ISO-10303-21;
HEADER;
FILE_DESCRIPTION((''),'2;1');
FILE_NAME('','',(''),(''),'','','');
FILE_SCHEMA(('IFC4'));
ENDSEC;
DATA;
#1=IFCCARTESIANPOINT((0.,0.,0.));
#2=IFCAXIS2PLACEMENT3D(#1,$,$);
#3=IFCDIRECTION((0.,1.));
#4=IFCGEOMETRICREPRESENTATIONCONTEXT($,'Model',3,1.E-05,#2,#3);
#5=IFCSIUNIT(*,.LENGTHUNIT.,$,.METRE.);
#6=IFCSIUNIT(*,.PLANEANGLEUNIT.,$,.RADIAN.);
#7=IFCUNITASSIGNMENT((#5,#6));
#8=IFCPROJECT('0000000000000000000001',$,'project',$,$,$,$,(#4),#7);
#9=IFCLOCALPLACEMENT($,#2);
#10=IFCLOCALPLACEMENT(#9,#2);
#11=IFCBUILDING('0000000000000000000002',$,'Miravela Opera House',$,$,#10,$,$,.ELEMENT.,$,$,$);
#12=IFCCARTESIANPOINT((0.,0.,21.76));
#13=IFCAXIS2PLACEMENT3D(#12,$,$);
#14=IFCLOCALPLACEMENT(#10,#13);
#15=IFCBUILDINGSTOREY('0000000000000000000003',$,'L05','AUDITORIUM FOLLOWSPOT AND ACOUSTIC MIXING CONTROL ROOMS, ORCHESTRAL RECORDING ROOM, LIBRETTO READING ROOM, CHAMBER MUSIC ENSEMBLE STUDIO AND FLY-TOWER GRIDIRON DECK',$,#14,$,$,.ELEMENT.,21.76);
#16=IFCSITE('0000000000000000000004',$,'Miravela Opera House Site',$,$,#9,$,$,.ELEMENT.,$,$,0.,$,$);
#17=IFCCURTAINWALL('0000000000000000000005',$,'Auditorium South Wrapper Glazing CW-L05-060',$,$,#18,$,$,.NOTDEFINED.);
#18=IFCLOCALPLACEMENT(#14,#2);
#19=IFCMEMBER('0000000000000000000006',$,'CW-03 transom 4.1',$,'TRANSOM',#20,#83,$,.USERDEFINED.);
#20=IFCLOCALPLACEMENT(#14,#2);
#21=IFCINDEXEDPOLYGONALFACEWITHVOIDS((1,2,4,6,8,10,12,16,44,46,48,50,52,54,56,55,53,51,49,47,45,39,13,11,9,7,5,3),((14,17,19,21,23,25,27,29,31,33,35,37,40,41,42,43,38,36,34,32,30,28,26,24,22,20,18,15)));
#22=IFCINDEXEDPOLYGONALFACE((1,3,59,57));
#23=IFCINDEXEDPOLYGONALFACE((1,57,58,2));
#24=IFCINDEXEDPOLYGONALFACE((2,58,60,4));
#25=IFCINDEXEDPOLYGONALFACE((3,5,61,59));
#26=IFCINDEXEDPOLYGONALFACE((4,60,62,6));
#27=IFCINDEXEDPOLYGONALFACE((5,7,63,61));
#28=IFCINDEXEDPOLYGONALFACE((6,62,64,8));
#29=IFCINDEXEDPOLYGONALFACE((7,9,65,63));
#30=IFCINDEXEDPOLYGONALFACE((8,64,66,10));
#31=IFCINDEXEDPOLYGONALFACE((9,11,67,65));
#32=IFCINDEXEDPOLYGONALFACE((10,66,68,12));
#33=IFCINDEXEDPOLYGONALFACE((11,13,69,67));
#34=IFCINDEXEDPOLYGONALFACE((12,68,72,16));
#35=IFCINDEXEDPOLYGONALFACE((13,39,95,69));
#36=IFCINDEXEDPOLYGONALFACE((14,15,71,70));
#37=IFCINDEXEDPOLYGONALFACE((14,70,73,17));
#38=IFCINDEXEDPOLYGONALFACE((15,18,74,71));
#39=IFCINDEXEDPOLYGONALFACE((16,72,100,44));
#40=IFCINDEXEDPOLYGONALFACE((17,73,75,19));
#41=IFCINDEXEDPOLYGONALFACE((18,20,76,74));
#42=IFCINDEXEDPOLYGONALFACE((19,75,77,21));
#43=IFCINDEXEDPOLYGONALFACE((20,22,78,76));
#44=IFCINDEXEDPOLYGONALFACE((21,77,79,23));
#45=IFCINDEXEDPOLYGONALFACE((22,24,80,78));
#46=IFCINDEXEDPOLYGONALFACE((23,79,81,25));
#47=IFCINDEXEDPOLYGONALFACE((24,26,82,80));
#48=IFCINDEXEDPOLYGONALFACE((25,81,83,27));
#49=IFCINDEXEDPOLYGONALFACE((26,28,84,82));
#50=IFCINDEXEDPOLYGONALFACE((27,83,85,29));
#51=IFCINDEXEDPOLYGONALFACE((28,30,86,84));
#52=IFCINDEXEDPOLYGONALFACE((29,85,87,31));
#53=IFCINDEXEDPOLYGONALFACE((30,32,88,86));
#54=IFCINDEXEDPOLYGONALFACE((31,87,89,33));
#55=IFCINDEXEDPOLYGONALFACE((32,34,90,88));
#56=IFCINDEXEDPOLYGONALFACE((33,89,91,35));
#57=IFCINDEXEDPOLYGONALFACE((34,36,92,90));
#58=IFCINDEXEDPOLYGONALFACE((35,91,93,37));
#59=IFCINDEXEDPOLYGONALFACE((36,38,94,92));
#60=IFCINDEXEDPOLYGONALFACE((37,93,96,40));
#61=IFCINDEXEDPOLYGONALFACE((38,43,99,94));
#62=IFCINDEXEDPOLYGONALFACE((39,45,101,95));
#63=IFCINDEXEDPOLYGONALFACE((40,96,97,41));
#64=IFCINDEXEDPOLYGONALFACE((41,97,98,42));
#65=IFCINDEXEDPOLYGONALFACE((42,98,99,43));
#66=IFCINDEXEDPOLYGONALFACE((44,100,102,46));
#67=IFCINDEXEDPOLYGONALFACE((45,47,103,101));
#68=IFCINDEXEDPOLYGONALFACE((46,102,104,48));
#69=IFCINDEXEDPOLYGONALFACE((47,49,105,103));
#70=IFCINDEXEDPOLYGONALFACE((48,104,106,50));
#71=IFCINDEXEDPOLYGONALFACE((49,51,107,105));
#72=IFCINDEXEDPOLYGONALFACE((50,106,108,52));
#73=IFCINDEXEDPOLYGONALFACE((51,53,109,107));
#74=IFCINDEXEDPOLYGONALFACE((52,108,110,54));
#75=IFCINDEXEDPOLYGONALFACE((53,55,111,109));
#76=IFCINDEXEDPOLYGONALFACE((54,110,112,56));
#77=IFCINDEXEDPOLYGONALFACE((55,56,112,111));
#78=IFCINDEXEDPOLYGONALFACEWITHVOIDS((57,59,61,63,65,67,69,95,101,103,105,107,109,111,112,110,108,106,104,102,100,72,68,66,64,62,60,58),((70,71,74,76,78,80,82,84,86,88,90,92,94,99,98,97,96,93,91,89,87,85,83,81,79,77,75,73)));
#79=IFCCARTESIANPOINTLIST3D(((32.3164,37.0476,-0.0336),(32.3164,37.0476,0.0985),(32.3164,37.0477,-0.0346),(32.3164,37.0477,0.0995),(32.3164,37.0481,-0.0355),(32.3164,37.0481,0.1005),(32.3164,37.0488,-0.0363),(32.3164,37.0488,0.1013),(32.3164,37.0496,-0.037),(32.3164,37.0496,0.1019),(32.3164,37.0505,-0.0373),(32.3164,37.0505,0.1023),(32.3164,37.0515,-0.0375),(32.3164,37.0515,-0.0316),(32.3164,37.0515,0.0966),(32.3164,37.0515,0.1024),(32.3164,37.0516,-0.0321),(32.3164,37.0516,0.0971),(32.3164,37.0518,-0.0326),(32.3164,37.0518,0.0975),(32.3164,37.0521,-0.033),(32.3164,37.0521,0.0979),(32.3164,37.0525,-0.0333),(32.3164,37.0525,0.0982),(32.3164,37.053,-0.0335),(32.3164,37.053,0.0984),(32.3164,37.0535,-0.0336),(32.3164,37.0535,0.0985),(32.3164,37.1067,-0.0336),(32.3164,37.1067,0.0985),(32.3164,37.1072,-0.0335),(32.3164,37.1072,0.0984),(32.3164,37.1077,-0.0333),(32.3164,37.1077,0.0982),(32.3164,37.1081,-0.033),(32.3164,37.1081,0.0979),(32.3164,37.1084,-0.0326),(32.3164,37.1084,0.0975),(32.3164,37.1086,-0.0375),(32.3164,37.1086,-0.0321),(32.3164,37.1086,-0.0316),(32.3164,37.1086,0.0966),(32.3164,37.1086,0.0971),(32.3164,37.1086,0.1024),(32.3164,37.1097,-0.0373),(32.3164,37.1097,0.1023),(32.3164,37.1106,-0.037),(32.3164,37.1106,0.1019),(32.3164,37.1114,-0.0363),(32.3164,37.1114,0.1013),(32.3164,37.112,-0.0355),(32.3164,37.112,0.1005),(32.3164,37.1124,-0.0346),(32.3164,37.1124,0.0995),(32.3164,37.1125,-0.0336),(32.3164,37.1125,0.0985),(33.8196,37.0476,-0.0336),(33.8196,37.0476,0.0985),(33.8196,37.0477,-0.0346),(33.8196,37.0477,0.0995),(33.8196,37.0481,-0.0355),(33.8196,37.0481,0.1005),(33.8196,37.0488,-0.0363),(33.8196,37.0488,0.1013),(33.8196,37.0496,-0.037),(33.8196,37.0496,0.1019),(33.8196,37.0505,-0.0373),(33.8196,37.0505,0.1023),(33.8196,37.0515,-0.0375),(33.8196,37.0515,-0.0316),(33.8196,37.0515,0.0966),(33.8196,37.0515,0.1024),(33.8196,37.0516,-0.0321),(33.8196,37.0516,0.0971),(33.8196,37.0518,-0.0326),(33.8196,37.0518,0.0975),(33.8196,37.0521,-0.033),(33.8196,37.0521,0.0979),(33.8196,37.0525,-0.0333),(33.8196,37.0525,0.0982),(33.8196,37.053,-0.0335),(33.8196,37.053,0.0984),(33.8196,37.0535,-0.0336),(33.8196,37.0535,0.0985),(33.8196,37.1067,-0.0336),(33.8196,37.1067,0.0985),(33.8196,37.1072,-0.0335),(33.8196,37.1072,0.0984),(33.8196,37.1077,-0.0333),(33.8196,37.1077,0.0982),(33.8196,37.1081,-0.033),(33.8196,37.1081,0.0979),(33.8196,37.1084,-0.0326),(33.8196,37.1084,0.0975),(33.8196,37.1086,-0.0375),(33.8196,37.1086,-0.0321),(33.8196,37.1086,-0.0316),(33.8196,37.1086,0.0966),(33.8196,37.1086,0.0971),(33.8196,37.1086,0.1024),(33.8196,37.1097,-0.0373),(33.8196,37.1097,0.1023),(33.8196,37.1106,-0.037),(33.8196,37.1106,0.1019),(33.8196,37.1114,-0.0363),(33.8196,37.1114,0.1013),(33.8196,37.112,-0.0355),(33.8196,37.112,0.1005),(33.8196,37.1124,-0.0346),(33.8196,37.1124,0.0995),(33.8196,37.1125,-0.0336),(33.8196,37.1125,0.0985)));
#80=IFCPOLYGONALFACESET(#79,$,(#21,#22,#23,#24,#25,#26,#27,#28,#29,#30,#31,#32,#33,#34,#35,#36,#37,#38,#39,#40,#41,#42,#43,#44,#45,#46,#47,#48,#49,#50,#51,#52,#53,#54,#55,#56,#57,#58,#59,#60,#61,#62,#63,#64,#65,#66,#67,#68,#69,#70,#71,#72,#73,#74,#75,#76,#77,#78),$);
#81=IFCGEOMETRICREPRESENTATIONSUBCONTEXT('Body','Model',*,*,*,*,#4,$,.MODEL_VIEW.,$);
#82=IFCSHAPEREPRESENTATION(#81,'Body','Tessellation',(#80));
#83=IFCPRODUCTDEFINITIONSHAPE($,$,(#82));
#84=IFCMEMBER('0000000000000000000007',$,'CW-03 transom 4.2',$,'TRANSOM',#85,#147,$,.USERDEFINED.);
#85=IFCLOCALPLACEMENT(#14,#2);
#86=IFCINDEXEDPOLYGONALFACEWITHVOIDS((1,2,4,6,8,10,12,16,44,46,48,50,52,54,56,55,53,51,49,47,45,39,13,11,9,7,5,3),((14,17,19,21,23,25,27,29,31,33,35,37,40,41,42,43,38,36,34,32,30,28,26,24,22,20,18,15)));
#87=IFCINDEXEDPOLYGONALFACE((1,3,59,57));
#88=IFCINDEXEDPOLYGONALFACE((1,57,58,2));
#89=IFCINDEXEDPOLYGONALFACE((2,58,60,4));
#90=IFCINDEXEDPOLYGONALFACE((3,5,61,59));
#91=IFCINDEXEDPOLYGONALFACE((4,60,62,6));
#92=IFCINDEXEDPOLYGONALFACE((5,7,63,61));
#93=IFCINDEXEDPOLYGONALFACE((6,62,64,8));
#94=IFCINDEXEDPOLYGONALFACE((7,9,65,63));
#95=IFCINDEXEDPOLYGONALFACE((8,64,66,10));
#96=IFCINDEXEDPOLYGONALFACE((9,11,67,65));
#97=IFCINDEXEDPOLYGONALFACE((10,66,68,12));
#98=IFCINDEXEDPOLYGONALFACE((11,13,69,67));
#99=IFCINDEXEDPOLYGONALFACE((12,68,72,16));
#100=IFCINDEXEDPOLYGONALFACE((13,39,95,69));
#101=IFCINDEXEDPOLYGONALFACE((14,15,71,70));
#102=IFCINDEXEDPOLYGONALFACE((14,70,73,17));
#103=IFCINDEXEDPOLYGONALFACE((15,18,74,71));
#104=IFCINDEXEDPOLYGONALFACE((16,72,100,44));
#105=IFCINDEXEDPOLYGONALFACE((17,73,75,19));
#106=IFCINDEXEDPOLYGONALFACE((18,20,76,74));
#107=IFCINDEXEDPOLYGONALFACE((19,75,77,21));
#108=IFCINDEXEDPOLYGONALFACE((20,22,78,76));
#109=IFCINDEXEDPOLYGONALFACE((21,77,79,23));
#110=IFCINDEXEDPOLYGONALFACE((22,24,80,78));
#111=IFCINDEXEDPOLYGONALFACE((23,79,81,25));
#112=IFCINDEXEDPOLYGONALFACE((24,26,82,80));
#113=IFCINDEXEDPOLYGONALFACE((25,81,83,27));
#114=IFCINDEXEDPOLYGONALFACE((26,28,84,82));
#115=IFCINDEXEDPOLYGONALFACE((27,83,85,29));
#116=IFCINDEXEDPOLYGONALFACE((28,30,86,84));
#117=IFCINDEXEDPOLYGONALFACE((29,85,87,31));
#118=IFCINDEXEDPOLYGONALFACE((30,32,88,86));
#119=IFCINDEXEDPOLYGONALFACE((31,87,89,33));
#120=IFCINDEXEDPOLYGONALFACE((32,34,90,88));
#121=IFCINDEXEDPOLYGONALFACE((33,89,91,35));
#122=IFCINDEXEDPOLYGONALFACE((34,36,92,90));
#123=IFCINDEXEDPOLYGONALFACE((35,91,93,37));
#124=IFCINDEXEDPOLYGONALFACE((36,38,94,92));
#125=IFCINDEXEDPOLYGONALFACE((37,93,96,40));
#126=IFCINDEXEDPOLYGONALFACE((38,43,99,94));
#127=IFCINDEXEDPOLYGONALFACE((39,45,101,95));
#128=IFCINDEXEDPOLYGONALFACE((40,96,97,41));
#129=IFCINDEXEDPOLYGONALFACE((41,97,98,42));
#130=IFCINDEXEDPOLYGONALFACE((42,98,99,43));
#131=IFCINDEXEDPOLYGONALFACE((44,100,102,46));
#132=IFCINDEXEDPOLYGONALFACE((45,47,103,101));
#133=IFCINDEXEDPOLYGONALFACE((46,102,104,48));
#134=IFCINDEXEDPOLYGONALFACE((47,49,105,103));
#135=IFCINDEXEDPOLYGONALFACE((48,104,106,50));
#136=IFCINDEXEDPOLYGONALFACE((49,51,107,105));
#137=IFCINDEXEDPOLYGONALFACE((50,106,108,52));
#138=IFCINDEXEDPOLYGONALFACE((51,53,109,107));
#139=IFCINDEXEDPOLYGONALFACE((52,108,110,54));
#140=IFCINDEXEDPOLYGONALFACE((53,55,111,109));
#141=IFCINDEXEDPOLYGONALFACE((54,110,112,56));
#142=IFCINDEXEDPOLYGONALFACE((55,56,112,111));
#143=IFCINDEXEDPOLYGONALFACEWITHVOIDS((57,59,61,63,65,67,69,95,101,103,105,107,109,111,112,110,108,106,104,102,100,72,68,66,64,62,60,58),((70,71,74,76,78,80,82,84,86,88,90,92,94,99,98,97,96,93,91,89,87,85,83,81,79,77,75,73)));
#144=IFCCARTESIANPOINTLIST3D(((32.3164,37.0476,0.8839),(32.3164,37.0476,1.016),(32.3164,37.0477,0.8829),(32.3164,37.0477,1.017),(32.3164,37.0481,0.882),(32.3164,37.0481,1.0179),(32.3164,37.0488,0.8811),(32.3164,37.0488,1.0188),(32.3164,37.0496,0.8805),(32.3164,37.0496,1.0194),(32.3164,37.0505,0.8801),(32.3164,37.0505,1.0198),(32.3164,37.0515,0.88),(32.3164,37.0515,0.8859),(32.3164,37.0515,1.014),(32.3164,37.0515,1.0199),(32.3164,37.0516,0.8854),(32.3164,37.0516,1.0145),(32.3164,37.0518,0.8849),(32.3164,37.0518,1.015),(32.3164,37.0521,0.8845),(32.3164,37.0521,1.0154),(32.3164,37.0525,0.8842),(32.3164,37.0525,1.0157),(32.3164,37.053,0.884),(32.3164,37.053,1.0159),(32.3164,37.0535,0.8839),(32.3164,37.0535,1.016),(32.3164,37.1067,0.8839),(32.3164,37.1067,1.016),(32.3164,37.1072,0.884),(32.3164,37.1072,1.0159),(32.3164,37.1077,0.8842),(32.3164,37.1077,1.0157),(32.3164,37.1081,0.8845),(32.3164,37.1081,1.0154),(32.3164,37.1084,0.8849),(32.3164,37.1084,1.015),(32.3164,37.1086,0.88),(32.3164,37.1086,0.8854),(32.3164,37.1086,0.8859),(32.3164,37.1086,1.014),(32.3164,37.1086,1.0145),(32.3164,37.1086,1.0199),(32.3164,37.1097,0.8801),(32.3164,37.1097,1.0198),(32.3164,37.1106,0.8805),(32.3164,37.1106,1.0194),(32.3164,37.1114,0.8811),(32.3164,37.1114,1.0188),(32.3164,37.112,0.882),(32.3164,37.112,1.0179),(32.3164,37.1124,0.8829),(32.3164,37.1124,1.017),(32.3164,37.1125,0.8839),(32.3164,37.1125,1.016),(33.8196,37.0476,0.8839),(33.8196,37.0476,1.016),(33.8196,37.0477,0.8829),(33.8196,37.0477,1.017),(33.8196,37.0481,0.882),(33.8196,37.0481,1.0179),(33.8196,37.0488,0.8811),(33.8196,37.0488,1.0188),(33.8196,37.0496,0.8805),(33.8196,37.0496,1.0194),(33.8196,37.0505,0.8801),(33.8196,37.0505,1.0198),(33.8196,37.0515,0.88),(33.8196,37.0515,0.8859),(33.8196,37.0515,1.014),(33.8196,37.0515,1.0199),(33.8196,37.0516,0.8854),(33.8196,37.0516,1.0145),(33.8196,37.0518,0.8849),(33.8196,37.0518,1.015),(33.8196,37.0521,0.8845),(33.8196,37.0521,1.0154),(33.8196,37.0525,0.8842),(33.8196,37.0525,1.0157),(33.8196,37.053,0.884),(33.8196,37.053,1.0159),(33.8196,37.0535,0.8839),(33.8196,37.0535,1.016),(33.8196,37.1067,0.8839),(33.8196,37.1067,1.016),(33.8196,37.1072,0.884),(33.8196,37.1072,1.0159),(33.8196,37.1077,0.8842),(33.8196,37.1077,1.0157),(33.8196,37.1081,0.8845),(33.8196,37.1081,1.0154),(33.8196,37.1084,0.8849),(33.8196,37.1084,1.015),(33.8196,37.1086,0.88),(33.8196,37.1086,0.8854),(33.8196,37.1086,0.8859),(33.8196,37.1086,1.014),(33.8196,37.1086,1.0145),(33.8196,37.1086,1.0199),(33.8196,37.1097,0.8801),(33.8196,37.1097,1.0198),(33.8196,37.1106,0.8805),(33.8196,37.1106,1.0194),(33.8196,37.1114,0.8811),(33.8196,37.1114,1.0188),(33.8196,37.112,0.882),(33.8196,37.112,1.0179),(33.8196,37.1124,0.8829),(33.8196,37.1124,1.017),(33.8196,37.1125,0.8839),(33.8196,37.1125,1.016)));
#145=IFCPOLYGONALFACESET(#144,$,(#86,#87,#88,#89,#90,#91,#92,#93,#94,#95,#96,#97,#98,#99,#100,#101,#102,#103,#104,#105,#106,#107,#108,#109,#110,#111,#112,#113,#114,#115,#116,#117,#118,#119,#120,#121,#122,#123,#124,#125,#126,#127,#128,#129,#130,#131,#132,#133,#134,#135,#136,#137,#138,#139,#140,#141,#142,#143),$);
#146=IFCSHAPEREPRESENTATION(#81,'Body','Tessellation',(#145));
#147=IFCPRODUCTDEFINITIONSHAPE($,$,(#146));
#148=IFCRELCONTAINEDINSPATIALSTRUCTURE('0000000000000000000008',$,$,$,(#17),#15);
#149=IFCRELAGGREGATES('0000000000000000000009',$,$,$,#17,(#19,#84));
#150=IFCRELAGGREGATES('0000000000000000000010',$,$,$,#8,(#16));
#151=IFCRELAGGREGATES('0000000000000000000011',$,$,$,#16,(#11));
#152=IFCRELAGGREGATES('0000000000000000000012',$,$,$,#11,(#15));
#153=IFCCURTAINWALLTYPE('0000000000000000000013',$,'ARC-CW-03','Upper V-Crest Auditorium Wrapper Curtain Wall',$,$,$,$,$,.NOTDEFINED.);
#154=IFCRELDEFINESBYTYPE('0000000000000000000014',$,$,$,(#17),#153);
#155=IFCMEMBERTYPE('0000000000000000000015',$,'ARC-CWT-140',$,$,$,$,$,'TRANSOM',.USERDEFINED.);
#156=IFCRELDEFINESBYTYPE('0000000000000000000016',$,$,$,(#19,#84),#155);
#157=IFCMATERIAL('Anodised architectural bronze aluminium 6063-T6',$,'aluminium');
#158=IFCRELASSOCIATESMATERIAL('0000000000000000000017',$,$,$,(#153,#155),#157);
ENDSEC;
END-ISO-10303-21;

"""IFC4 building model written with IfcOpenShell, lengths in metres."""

from ifc_helpers import new_model, si_unit, direction, frame, origin, origin_2d, place, context, subcontext, project, spatial, hollow_rectangle, extrude, material, material_profile, profile_set, type_object, element, aggregate, save


model = new_model("IFC4")

# Units and contexts
model_context = context("Model", 3, precision=1e-05, world=origin(), true_north=direction((0.0, 1.0)))
body_context = subcontext(model_context, "Body", "Model", "MODEL_VIEW")
ifc_project = project(units=[si_unit("LENGTHUNIT", "METRE"), si_unit("PLANEANGLEUNIT", "RADIAN")], contexts=[model_context])

# Site, building, storey
site_placement = place(None, origin())
site = spatial("IfcSite", under=ifc_project, at=site_placement, Name="Miravela Opera House Site", CompositionType="ELEMENT", RefElevation=0.0)
building_placement = place(site_placement, origin())
building = spatial("IfcBuilding", under=site, at=building_placement, Name="Miravela Opera House", CompositionType="ELEMENT")
storey_placement = place(building_placement, frame((0.0, 0.0, 21.76)))
storey = spatial("IfcBuildingStorey", under=building, at=storey_placement, Name="L05", Description="AUDITORIUM FOLLOWSPOT AND ACOUSTIC MIXING CONTROL ROOMS, ORCHESTRAL RECORDING ROOM, LIBRETTO READING ROOM, CHAMBER MUSIC ENSEMBLE STUDIO AND FLY-TOWER GRIDIRON DECK", CompositionType="ELEMENT", Elevation=21.76)

# Curtain wall, members
ifc_material_1 = material(Name="Anodised architectural bronze aluminium 6063-T6", Category="aluminium")
curtain_wall_type = type_object("IfcCurtainWallType", Name="ARC-CW-03", Description="Upper V-Crest Auditorium Wrapper Curtain Wall", PredefinedType="NOTDEFINED", material=ifc_material_1)
curtain_wall_placement = place(storey_placement, origin())
curtain_wall = element("IfcCurtainWall", 1, at=curtain_wall_placement, inside=storey, type_object=curtain_wall_type, Name="Auditorium South Wrapper Glazing CW-L05-060", PredefinedType="NOTDEFINED")
ifc_material_profile_1 = material_profile(ifc_material_1, hollow_rectangle(XDim=0.0649, YDim=0.1399, WallThickness=0.0039, InnerFilletRadius=0.002, OuterFilletRadius=0.0039, at=origin_2d()), Name="CWT-65X140")
ifc_profile_set_1 = profile_set([ifc_material_profile_1])
member_type_1 = type_object("IfcMemberType", Name="ARC-CWT-140", ElementType="TRANSOM", PredefinedType="USERDEFINED", material=ifc_profile_set_1)
member_1_placement = place(storey_placement, frame((32.3164, 37.0801, 0.0325), z_axis=(1.0, 0.0, 0.0), x_axis=(0.0, 1.0, 0.0)))
member_1 = element("IfcMember", 2, at=member_1_placement, type_object=member_type_1, Name="CW-03 transom 4.1", ObjectType="TRANSOM", PredefinedType="USERDEFINED", context=body_context, shape_type="SweptSolid", body=[
    extrude(hollow_rectangle(XDim=0.0649, YDim=0.1399, WallThickness=0.0039, InnerFilletRadius=0.002, OuterFilletRadius=0.0039, at=origin_2d()), origin(), (0.0, 0.0, 1.0), 1.5032),
])
member_2_placement = place(storey_placement, frame((32.3164, 37.0801, 0.95), z_axis=(1.0, 0.0, 0.0), x_axis=(0.0, 1.0, 0.0)))
member_2 = element("IfcMember", 3, at=member_2_placement, type_object=member_type_1, Name="CW-03 transom 4.2", ObjectType="TRANSOM", PredefinedType="USERDEFINED", context=body_context, shape_type="SweptSolid", body=[
    extrude(hollow_rectangle(XDim=0.0649, YDim=0.1399, WallThickness=0.0039, InnerFilletRadius=0.002, OuterFilletRadius=0.0039, at=origin_2d()), origin(), (0.0, 0.0, 1.0), 1.5032),
])
aggregate(curtain_wall, [member_1, member_2])

save(model, "model.ifc")
